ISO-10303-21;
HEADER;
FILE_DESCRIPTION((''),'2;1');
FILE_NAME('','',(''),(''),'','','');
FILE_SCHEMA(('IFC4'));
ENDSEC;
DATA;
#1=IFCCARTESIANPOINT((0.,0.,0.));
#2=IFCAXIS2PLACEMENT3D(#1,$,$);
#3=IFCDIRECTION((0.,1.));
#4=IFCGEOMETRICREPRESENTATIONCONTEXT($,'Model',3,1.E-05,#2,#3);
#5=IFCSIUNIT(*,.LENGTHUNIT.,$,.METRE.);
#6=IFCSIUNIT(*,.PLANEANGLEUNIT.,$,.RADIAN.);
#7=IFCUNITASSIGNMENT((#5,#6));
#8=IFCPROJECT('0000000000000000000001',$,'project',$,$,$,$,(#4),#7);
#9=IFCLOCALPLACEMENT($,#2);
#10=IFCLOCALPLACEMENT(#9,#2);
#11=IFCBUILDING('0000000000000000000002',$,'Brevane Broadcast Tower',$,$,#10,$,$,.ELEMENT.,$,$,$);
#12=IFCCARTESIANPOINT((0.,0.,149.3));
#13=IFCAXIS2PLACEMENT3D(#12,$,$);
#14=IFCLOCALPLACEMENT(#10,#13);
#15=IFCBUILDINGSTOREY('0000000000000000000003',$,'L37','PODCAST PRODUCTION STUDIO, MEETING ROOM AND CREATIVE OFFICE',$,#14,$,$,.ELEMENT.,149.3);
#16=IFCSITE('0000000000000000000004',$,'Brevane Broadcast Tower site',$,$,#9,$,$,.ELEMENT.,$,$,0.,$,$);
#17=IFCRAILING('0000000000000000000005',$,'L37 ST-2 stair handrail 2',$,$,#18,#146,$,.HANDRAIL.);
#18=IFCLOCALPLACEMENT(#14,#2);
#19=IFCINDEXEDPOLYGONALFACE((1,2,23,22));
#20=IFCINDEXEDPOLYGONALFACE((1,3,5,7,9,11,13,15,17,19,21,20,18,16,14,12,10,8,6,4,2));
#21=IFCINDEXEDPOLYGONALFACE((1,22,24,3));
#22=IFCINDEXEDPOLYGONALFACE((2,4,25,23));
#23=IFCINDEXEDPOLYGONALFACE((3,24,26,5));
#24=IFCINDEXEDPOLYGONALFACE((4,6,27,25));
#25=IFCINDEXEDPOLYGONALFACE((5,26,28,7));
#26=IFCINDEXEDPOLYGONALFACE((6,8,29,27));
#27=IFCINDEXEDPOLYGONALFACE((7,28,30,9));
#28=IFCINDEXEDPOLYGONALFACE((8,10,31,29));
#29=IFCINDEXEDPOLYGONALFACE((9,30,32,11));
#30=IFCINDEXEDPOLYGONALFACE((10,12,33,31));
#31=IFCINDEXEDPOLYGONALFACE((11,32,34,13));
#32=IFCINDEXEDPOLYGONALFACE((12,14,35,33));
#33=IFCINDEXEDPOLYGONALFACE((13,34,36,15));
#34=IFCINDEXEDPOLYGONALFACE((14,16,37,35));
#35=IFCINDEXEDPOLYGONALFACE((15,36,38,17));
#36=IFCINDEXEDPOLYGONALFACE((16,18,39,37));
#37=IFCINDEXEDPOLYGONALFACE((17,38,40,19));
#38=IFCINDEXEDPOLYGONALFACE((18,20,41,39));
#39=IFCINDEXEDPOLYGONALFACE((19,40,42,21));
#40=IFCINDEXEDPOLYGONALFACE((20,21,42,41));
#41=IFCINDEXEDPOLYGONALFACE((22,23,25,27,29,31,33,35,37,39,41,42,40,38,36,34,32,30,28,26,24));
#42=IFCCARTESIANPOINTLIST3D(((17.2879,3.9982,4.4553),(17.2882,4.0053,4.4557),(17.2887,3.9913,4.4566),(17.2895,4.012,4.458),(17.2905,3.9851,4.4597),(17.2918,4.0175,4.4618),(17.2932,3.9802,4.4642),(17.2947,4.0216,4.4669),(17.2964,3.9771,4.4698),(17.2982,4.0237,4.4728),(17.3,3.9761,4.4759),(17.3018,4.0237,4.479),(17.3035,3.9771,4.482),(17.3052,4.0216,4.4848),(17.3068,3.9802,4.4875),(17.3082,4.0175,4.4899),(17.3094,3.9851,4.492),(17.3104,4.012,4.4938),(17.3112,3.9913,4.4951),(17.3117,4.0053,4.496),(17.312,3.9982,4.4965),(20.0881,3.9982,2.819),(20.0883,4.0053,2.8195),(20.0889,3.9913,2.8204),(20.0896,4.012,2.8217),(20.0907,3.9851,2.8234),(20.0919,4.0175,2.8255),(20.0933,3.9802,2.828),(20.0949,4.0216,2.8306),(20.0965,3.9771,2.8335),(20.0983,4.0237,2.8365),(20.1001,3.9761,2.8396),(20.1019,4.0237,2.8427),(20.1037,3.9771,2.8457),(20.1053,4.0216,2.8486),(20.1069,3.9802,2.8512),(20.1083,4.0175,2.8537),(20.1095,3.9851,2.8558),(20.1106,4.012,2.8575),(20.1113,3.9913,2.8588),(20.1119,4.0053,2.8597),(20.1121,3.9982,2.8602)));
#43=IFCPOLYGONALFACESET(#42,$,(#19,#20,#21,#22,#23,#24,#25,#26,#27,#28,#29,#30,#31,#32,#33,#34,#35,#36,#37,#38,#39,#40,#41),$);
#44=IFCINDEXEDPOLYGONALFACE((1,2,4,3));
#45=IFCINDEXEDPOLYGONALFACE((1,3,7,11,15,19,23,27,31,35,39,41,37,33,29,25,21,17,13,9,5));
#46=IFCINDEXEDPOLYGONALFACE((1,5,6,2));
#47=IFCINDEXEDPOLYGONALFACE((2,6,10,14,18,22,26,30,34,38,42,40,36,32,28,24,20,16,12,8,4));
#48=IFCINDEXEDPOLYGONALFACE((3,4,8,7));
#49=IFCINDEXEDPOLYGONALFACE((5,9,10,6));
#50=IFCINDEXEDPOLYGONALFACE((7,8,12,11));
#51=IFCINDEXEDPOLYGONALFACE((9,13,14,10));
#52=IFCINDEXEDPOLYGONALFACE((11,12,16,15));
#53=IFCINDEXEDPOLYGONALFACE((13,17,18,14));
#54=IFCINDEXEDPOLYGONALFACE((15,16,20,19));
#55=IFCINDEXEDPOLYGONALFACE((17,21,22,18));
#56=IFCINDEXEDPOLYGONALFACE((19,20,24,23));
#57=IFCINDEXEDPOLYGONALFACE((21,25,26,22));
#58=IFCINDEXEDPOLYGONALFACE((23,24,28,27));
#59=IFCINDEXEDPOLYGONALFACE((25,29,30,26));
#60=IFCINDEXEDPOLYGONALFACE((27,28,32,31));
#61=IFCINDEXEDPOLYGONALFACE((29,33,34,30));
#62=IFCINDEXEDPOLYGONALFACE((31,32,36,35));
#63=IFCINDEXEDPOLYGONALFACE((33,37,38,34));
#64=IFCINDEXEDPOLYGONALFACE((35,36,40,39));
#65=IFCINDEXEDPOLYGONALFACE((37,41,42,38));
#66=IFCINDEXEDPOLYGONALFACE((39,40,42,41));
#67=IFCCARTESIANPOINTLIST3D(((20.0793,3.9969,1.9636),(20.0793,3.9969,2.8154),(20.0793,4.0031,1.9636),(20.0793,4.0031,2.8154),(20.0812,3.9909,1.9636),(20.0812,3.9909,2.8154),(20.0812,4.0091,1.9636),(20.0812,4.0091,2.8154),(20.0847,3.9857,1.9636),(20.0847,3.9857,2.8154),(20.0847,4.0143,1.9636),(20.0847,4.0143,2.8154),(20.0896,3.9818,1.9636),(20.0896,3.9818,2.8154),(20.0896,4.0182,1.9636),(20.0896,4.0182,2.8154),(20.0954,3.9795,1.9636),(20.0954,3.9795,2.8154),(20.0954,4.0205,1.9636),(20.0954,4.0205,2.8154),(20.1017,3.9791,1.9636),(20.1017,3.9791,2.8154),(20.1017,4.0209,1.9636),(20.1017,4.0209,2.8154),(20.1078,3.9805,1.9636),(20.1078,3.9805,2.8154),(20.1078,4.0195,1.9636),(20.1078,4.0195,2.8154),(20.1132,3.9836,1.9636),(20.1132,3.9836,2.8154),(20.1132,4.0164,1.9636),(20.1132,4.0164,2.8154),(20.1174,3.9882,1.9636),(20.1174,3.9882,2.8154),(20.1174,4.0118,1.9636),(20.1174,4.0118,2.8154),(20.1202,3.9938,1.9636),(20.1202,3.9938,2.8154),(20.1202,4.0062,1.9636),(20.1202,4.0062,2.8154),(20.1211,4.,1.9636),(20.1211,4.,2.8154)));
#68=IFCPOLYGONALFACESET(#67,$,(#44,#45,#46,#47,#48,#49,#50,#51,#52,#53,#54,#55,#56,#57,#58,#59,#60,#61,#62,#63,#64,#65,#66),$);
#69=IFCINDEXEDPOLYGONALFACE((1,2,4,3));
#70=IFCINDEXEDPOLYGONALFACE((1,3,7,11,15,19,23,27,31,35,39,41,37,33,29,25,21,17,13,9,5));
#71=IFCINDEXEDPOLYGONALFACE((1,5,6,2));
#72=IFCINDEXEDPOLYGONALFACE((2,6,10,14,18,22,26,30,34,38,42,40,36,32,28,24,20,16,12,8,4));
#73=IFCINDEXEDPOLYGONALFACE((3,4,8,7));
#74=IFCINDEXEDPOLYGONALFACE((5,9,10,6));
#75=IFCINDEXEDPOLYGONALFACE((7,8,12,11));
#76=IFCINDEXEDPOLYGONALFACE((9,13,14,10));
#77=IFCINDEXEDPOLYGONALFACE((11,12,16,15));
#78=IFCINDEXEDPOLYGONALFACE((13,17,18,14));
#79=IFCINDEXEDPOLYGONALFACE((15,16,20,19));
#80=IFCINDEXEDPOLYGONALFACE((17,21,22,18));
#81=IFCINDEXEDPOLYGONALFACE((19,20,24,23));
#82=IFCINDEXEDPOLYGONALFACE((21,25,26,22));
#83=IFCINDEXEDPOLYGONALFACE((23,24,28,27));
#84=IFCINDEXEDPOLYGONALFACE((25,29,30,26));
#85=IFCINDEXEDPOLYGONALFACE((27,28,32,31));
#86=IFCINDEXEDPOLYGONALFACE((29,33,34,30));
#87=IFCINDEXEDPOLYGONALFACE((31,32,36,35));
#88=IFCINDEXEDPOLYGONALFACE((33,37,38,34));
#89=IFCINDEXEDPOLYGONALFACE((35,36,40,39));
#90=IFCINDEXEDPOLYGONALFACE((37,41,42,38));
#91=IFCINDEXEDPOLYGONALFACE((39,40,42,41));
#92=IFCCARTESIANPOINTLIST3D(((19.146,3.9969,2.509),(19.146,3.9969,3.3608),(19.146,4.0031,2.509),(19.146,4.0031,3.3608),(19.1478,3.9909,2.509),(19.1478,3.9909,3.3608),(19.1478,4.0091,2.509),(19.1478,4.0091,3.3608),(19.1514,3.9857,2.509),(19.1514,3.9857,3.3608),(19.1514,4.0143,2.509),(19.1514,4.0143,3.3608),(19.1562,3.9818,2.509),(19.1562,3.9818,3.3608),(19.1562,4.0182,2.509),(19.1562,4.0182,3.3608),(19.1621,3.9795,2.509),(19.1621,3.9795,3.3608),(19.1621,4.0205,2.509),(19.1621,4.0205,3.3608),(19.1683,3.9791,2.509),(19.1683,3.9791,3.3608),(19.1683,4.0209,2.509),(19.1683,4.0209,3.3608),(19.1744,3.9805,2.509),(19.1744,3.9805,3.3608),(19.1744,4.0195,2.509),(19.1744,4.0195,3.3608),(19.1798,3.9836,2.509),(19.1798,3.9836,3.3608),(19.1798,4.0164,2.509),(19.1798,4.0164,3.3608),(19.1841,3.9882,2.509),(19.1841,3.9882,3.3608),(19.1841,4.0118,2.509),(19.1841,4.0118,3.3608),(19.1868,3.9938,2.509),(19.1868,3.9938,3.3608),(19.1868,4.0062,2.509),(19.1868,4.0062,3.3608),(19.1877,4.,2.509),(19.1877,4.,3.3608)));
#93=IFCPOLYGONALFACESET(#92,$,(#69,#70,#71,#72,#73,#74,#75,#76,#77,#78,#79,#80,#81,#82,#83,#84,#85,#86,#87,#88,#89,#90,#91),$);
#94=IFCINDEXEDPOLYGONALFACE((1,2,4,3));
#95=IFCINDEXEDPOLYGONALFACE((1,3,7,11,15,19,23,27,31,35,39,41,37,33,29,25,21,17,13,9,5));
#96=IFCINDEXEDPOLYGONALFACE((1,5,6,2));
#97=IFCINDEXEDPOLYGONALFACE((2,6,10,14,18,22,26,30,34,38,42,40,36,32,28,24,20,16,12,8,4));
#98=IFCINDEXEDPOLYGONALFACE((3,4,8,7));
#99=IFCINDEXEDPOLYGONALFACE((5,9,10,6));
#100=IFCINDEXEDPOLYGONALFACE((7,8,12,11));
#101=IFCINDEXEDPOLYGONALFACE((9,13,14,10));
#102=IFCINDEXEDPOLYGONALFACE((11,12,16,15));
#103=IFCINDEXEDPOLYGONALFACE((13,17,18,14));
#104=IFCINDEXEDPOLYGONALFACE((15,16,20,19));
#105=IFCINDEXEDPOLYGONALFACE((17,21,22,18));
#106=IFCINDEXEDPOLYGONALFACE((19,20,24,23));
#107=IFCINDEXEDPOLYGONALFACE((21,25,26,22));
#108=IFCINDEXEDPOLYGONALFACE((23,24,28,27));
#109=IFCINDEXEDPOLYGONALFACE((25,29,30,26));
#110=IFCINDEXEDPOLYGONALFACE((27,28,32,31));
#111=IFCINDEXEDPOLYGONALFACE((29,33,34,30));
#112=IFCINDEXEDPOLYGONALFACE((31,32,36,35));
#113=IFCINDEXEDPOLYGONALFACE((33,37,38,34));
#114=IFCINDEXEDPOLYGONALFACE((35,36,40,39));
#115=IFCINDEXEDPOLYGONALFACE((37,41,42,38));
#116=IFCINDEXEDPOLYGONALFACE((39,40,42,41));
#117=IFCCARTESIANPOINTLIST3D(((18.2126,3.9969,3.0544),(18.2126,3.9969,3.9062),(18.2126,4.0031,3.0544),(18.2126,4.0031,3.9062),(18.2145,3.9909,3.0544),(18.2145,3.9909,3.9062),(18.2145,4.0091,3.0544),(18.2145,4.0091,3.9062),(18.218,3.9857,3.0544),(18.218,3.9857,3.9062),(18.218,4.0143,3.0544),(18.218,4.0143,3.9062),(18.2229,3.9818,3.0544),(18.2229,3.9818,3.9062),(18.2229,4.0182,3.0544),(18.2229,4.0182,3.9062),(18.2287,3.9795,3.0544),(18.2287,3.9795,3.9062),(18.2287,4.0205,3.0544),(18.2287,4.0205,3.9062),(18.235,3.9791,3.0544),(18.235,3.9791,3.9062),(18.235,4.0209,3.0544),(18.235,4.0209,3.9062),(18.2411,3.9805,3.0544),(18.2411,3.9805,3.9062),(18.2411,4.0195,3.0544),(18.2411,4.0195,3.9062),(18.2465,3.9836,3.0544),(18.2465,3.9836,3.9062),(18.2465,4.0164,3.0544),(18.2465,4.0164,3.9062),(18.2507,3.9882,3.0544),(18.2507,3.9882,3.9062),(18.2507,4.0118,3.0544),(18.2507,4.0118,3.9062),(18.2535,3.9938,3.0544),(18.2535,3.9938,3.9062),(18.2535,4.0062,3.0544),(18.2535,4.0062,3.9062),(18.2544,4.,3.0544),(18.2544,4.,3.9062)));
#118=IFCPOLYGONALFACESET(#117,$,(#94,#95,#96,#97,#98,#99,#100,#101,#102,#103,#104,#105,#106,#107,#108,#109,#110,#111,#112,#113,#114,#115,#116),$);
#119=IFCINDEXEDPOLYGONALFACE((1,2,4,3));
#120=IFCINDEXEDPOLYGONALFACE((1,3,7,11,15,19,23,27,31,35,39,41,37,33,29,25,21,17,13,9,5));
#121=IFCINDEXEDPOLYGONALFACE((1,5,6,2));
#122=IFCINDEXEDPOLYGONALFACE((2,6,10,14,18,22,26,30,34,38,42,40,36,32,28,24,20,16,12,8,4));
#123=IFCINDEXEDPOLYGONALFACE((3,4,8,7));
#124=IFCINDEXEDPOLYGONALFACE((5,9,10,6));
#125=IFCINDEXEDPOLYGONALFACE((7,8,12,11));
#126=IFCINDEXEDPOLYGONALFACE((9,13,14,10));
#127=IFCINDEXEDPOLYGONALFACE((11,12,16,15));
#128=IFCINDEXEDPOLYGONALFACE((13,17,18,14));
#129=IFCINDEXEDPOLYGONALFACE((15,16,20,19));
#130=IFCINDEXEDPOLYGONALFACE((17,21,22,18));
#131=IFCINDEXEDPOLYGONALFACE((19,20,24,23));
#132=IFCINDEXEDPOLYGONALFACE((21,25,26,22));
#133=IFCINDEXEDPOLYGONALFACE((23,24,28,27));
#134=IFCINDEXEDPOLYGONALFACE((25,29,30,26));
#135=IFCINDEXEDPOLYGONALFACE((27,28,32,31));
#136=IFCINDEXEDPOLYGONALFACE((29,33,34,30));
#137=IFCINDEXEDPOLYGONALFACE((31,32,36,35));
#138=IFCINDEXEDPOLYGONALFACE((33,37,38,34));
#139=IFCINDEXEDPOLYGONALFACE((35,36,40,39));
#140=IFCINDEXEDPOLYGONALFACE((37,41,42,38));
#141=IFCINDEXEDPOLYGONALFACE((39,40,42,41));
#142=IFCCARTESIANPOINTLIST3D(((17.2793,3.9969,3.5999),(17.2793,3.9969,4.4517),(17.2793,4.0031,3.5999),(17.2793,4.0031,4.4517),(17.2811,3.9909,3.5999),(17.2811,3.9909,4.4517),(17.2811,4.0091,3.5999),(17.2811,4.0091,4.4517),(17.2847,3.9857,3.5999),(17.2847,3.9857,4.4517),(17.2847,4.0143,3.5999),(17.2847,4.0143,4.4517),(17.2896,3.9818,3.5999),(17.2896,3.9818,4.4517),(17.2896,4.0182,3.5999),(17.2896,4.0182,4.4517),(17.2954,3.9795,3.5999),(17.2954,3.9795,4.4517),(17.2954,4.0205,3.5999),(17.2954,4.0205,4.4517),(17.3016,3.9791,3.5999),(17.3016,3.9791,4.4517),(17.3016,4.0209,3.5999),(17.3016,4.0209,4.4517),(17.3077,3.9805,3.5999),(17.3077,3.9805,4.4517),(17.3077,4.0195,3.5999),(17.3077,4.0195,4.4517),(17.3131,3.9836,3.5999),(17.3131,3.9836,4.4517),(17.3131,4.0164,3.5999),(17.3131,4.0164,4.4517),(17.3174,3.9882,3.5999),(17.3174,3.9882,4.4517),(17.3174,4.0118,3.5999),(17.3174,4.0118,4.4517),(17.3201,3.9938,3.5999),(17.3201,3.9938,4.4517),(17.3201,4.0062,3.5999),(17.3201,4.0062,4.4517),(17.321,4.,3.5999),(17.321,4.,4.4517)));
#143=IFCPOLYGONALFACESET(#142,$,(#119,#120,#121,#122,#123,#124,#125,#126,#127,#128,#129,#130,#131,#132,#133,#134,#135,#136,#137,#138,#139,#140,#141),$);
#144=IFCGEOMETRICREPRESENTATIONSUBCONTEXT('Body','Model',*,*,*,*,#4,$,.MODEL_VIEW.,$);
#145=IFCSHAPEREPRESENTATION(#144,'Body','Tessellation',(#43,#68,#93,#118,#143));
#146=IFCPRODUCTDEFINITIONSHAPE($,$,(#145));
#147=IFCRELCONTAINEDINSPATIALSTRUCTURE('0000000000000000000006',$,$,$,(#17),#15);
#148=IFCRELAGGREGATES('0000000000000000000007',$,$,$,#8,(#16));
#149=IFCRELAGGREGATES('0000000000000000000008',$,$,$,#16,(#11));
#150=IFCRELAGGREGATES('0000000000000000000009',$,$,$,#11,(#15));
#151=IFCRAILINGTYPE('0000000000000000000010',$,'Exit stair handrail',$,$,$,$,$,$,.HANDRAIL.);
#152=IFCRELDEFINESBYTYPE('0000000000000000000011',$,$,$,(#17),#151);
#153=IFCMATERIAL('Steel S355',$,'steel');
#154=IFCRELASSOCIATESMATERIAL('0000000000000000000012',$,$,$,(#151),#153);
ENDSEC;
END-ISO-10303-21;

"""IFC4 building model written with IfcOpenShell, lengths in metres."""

from ifc_helpers import new_model, si_unit, direction, frame, origin, origin_2d, place, context, subcontext, project, spatial, circle, extrude, material, type_object, element, save


model = new_model("IFC4")

# Units and contexts
model_context = context("Model", 3, precision=1e-05, world=origin(), true_north=direction((0.0, 1.0)))
body_context = subcontext(model_context, "Body", "Model", "MODEL_VIEW")
ifc_project = project(units=[si_unit("LENGTHUNIT", "METRE"), si_unit("PLANEANGLEUNIT", "RADIAN")], contexts=[model_context])

# Site, building, storey
site_placement = place(None, origin())
site = spatial("IfcSite", under=ifc_project, at=site_placement, Name="Brevane Broadcast Tower site", CompositionType="ELEMENT", RefElevation=0.0)
building_placement = place(site_placement, origin())
building = spatial("IfcBuilding", under=site, at=building_placement, Name="Brevane Broadcast Tower", CompositionType="ELEMENT")
storey_placement = place(building_placement, frame((0.0, 0.0, 149.3)))
storey = spatial("IfcBuildingStorey", under=building, at=storey_placement, Name="L37", Description="PODCAST PRODUCTION STUDIO, MEETING ROOM AND CREATIVE OFFICE", CompositionType="ELEMENT", Elevation=149.3)

# Railing
ifc_material_1 = material(Name="Steel S355", Category="steel")
railing_type_1 = type_object("IfcRailingType", Name="Exit stair handrail", PredefinedType="HANDRAIL", material=ifc_material_1)
railing_1_placement = place(storey_placement, frame((20.1001, 4.0, 1.9636)))
element("IfcRailing", 1, at=railing_1_placement, inside=storey, type_object=railing_type_1, Name="L37 ST-2 stair handrail 2", PredefinedType="HANDRAIL", context=body_context, shape_type="SweptSolid", body=[
    extrude(circle(Radius=0.0239, at=origin_2d()), frame((0.0, 0.0, 0.876), z_axis=(-0.863394, 0.0, 0.504531), x_axis=(0.0, -1.0, 0.0)), (0.0, 0.0, 1.0), 3.2432),
    extrude(circle(Radius=0.021, at=origin_2d()), origin(), (0.0, 0.0, 1.0), 0.8518),
    extrude(circle(Radius=0.021, at=origin_2d()), frame((-0.9333, 0.0, 0.5454)), (0.0, 0.0, 1.0), 0.8518),
    extrude(circle(Radius=0.021, at=origin_2d()), frame((-1.8667, 0.0, 1.0908)), (0.0, 0.0, 1.0), 0.8518),
    extrude(circle(Radius=0.021, at=origin_2d()), frame((-2.8, 0.0, 1.6362)), (0.0, 0.0, 1.0), 0.8518),
])

save(model, "model.ifc")
